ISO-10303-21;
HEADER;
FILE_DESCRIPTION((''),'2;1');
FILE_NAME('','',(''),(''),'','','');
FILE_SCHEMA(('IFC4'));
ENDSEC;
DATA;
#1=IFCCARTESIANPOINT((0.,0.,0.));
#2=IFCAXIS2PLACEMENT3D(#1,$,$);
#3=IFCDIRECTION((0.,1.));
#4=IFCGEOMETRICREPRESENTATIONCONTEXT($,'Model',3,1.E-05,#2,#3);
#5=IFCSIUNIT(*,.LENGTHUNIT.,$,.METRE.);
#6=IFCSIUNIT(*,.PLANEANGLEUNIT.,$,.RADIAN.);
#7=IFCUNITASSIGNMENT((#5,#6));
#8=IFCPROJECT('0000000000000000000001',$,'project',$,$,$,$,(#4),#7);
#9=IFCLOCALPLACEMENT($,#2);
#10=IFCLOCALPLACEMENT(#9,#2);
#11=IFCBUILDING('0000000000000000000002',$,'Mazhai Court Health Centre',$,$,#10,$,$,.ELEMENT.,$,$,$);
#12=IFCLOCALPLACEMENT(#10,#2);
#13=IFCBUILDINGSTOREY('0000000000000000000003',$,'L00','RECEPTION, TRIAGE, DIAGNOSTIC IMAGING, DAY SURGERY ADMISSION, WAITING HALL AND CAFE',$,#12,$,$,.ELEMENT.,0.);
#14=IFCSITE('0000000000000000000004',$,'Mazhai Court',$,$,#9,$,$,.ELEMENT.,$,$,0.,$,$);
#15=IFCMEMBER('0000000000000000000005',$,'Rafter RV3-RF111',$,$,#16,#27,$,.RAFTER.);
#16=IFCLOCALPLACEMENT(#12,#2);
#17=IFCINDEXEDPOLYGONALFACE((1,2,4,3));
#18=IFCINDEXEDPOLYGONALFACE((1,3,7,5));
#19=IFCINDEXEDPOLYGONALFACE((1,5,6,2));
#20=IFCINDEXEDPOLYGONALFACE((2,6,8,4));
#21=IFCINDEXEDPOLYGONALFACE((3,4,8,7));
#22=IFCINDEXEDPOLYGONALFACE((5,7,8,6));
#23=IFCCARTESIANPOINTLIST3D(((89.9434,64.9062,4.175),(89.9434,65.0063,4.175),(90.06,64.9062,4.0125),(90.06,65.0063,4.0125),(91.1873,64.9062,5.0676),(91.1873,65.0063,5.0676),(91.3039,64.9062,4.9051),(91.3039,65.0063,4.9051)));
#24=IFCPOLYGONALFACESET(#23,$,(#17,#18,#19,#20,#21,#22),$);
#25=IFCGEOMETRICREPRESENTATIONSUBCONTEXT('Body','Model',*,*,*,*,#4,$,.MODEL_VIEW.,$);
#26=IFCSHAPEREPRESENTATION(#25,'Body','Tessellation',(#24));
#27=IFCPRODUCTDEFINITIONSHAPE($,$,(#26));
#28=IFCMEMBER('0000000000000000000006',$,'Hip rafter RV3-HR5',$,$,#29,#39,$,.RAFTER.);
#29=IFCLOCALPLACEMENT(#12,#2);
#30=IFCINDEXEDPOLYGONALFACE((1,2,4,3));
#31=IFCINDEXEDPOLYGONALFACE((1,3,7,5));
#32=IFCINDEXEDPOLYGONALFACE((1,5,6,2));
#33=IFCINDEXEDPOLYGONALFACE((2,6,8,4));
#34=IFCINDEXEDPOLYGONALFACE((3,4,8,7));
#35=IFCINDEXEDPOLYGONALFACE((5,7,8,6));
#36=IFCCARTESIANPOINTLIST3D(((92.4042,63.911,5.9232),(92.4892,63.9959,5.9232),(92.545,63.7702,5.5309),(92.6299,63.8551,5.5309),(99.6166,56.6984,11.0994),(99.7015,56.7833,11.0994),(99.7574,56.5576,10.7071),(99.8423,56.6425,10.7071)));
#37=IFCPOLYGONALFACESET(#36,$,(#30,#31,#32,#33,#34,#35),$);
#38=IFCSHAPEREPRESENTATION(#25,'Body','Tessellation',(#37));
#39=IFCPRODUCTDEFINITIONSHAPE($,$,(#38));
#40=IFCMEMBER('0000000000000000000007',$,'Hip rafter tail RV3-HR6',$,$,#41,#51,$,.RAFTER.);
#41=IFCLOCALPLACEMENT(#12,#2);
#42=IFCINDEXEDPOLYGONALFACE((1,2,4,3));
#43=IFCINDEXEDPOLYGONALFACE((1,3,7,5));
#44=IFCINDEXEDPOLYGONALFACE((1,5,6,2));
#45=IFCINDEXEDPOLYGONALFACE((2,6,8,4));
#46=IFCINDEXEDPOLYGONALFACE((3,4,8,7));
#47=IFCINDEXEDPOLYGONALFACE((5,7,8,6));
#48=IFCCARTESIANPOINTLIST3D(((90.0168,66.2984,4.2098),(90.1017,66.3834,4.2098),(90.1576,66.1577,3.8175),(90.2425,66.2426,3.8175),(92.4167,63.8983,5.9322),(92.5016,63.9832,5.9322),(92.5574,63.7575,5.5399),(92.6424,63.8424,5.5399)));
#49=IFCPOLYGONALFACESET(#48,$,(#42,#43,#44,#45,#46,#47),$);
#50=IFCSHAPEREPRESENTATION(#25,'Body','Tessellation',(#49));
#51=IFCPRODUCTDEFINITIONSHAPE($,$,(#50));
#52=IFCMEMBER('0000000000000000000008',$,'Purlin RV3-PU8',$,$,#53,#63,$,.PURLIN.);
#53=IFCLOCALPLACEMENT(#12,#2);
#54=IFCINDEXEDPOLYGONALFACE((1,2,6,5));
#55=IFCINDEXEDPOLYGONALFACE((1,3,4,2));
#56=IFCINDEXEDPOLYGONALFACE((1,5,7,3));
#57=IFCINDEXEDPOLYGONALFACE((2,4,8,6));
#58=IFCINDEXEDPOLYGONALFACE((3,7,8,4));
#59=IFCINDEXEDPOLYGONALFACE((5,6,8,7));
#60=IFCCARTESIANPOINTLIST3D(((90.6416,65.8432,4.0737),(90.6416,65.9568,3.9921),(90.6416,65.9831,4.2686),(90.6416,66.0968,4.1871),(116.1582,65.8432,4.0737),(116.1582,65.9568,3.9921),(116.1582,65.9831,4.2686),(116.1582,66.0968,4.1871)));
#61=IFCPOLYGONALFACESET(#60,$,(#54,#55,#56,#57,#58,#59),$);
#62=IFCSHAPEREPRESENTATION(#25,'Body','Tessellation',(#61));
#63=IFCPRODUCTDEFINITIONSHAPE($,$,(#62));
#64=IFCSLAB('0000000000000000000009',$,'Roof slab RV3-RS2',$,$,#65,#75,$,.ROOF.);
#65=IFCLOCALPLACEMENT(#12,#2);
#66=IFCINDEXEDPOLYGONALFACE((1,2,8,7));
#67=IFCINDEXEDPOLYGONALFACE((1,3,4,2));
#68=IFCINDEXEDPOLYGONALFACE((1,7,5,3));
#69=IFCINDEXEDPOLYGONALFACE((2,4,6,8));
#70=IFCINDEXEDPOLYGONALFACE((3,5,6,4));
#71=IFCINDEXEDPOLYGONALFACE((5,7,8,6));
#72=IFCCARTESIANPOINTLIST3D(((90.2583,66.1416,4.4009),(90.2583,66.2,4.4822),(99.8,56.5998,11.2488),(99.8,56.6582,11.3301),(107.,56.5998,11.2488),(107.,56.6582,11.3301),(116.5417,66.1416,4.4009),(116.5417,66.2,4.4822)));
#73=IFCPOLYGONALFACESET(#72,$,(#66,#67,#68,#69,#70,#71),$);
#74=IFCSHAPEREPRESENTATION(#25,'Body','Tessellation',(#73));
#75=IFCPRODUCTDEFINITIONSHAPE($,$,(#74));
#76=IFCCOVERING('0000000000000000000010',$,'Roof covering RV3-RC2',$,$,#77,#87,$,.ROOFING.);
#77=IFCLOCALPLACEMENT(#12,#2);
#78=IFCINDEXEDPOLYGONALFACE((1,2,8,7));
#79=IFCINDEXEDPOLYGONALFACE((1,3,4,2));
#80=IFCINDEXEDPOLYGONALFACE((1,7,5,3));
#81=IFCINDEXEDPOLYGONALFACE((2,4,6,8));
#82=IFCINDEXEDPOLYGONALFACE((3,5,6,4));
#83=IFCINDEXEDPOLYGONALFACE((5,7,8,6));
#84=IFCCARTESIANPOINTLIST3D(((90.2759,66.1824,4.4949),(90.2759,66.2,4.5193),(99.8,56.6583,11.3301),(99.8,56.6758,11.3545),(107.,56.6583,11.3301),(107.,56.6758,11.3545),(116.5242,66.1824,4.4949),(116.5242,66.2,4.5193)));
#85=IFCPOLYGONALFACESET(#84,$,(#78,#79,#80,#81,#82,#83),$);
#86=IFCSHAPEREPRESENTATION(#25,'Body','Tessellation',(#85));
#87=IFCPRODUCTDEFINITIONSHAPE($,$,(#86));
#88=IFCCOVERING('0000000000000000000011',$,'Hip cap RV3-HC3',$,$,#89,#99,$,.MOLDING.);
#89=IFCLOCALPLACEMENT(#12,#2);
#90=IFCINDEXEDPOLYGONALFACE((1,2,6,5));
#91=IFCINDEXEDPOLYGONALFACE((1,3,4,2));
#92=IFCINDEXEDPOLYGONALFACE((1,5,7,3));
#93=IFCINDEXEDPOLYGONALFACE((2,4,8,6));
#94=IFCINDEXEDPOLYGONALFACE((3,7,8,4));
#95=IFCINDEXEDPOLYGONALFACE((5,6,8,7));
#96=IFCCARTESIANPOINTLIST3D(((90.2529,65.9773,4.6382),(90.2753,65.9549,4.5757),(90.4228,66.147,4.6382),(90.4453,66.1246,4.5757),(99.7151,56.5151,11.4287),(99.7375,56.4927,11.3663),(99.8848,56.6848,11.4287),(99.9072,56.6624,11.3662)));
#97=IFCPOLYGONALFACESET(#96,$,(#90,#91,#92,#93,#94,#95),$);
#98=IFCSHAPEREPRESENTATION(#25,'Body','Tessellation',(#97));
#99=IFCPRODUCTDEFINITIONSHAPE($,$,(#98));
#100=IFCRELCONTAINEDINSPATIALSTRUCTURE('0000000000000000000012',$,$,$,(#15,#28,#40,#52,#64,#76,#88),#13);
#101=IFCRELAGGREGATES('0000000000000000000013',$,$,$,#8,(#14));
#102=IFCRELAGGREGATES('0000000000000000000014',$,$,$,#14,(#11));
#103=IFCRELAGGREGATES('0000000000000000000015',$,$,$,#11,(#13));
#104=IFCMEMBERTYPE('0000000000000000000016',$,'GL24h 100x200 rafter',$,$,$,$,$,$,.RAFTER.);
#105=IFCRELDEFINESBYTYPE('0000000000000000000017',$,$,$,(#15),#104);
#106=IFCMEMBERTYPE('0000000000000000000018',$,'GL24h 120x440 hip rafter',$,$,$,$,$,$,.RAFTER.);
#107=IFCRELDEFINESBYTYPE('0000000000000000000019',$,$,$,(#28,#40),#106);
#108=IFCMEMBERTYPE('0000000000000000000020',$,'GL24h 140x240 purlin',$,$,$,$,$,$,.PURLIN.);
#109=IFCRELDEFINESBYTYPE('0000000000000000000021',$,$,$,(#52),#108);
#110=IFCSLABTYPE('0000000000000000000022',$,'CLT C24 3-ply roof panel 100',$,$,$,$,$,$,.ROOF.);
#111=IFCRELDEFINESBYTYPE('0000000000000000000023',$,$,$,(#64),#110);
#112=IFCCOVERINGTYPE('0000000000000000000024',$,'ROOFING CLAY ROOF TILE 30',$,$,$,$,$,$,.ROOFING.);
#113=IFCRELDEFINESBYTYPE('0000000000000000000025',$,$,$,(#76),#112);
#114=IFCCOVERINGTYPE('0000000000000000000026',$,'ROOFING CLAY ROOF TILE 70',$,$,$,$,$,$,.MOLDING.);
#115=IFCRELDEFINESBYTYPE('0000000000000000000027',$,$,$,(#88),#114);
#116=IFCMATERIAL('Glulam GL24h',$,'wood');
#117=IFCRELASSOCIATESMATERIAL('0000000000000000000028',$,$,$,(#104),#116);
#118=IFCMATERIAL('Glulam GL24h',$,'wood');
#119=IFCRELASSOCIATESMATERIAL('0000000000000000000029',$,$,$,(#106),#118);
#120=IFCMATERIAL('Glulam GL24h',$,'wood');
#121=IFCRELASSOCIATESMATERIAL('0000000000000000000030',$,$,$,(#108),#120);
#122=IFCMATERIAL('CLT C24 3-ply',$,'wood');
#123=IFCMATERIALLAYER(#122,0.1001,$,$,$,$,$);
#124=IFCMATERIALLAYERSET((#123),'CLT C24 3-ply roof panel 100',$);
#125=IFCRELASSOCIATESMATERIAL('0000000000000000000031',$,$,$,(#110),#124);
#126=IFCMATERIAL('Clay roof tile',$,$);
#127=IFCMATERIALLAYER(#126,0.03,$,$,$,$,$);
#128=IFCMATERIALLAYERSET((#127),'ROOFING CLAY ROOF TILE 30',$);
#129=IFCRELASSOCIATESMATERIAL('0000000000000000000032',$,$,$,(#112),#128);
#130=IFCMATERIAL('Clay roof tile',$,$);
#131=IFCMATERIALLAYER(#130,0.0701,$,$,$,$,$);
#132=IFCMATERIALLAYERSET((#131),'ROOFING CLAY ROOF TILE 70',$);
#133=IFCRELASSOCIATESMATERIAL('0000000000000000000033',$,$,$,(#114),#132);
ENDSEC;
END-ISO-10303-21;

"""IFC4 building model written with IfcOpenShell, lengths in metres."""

from ifc_helpers import new_model, si_unit, direction, frame, origin, origin_2d, place, context, subcontext, project, spatial, polyline, rectangle, outline, extrude, material, layer, layer_set, material_profile, profile_set, type_object, element, save


model = new_model("IFC4")

# Units and contexts
model_context = context("Model", 3, precision=1e-05, world=origin(), true_north=direction((0.0, 1.0)))
body_context = subcontext(model_context, "Body", "Model", "MODEL_VIEW")
ifc_project = project(units=[si_unit("LENGTHUNIT", "METRE"), si_unit("PLANEANGLEUNIT", "RADIAN")], contexts=[model_context])

# Site, building, storey
site_placement = place(None, origin())
site = spatial("IfcSite", under=ifc_project, at=site_placement, Name="Mazhai Court", CompositionType="ELEMENT", RefElevation=0.0)
building_placement = place(site_placement, origin())
building = spatial("IfcBuilding", under=site, at=building_placement, Name="Mazhai Court Health Centre", CompositionType="ELEMENT")
storey_placement = place(building_placement, origin())
storey = spatial("IfcBuildingStorey", under=building, at=storey_placement, Name="L00", Description="RECEPTION, TRIAGE, DIAGNOSTIC IMAGING, DAY SURGERY ADMISSION, WAITING HALL AND CAFE", CompositionType="ELEMENT", Elevation=0.0)

# Members
ifc_material_1 = material(Name="Glulam GL24h", Category="wood")
ifc_material_profile_1 = material_profile(ifc_material_1, rectangle(XDim=0.1001, YDim=0.2, at=origin_2d()), Name="GL24h 100x200")
ifc_profile_set_1 = profile_set([ifc_material_profile_1], Name="Glulam GL24h")
member_type_1 = type_object("IfcMemberType", Name="GL24h 100x200 rafter", PredefinedType="RAFTER", material=ifc_profile_set_1)
member_1_placement = place(storey_placement, frame((90.0017, 64.9563, 4.0938), z_axis=(0.812471, 0.0, 0.583002), x_axis=(0.0, 1.0, 0.0)))
element("IfcMember", 1, at=member_1_placement, inside=storey, type_object=member_type_1, Name="Rafter RV3-RF111", PredefinedType="RAFTER", context=body_context, shape_type="SweptSolid", body=[
    extrude(rectangle(XDim=0.1001, YDim=0.2, at=origin_2d()), origin(), (0.0, 0.0, 1.0), 1.531),
])
ifc_material_2 = material(Name="Glulam GL24h", Category="wood")
ifc_material_profile_2 = material_profile(ifc_material_2, rectangle(XDim=0.1201, YDim=0.4399, at=origin_2d()), Name="GL24h 120x440")
ifc_profile_set_2 = profile_set([ifc_material_profile_2], Name="Glulam GL24h")
member_type_2 = type_object("IfcMemberType", Name="GL24h 120x440 hip rafter", PredefinedType="RAFTER", material=ifc_profile_set_2)
member_2_placement = place(storey_placement, frame((92.5171, 63.8831, 5.7271), z_axis=(0.630548, -0.63057, 0.452538), x_axis=(0.707119, 0.707095, 0.0)))
element("IfcMember", 2, at=member_2_placement, inside=storey, type_object=member_type_2, Name="Hip rafter RV3-HR5", PredefinedType="RAFTER", context=body_context, shape_type="SweptSolid", body=[
    extrude(rectangle(XDim=0.1201, YDim=0.4399, at=origin_2d()), origin(), (0.0, 0.0, 1.0), 11.4382),
])
member_3_placement = place(storey_placement, frame((90.1296, 66.2705, 4.0137), z_axis=(0.630529, -0.630593, 0.452531), x_axis=(0.707143, 0.707071, 0.0)))
element("IfcMember", 3, at=member_3_placement, inside=storey, type_object=member_type_2, Name="Hip rafter tail RV3-HR6", PredefinedType="RAFTER", context=body_context, shape_type="SweptSolid", body=[
    extrude(rectangle(XDim=0.1201, YDim=0.4399, at=origin_2d()), origin(), (0.0, 0.0, 1.0), 3.8062),
])
ifc_material_3 = material(Name="Glulam GL24h", Category="wood")
ifc_material_profile_3 = material_profile(ifc_material_3, rectangle(XDim=0.1399, YDim=0.24, at=origin_2d()), Name="GL24h 140x240")
ifc_profile_set_3 = profile_set([ifc_material_profile_3], Name="Glulam GL24h")
member_type_3 = type_object("IfcMemberType", Name="GL24h 140x240 purlin", PredefinedType="PURLIN", material=ifc_profile_set_3)
member_4_placement = place(storey_placement, frame((90.6416, 65.97, 4.1304), z_axis=(1.0, 0.0, 0.0), x_axis=(0.0, 0.812431, -0.583057)))
element("IfcMember", 4, at=member_4_placement, inside=storey, type_object=member_type_3, Name="Purlin RV3-PU8", PredefinedType="PURLIN", context=body_context, shape_type="SweptSolid", body=[
    extrude(rectangle(XDim=0.1399, YDim=0.24, at=origin_2d()), origin(), (0.0, 0.0, 1.0), 25.5166),
])

# Slab
ifc_material_4 = material(Name="CLT C24 3-ply", Category="wood")
ifc_layer_1 = layer(ifc_material_4, 0.1001)
ifc_layer_set_1 = layer_set([ifc_layer_1], Name="CLT C24 3-ply roof panel 100")
slab_type = type_object("IfcSlabType", Name="CLT C24 3-ply roof panel 100", PredefinedType="ROOF", material=ifc_layer_set_1)
slab_placement = place(storey_placement, frame((90.2583, 66.2, 4.4822), z_axis=(0.0, 0.583062, 0.812428), x_axis=(0.630559, -0.630559, 0.452538)))
element("IfcSlab", 5, at=slab_placement, inside=storey, type_object=slab_type, Name="Roof slab RV3-RS2", PredefinedType="ROOF", context=body_context, shape_type="SweptSolid", body=[
    extrude(outline(polyline([(0.0, 0.0), (15.1322, 0.0), (19.6722, 5.5882), (16.5733, 20.3997), (0.0, 0.0)])), origin(), (0.0, 0.0, -1.0), 0.1001),
])

# Coverings
ifc_material_5 = material(Name="Clay roof tile")
ifc_layer_2 = layer(ifc_material_5, 0.03)
ifc_layer_set_2 = layer_set([ifc_layer_2], Name="ROOFING CLAY ROOF TILE 30")
covering_type_1 = type_object("IfcCoveringType", Name="ROOFING CLAY ROOF TILE 30", PredefinedType="ROOFING", material=ifc_layer_set_2)
covering_1_placement = place(storey_placement, frame((90.2759, 66.2, 4.5193), z_axis=(0.0, 0.583057, 0.812431), x_axis=(0.63056, -0.63056, 0.452534)))
element("IfcCovering", 6, at=covering_1_placement, inside=storey, type_object=covering_type_1, Name="Roof covering RV3-RC2", PredefinedType="ROOFING", context=body_context, shape_type="SweptSolid", body=[
    extrude(outline(polyline([(0.0, 0.0), (15.1043, 0.0), (19.6443, 5.5882), (16.5511, 20.3724), (0.0, 0.0)])), origin(), (0.0, 0.0, -1.0), 0.03),
])
ifc_material_6 = material(Name="Clay roof tile")
ifc_layer_3 = layer(ifc_material_6, 0.0701)
ifc_layer_set_3 = layer_set([ifc_layer_3], Name="ROOFING CLAY ROOF TILE 70")
covering_type_2 = type_object("IfcCoveringType", Name="ROOFING CLAY ROOF TILE 70", PredefinedType="MOLDING", material=ifc_layer_set_3)
covering_2_placement = place(storey_placement, frame((90.2529, 65.9773, 4.6382), z_axis=(-0.31987, 0.3201, 0.891751), x_axis=(0.630563, -0.630563, 0.452527)))
element("IfcCovering", 7, at=covering_2_placement, inside=storey, type_object=covering_type_2, Name="Hip cap RV3-HC3", PredefinedType="MOLDING", context=body_context, shape_type="SweptSolid", body=[
    extrude(outline(polyline([(0.0, 0.0), (15.0059, 0.0), (15.0059, 0.24), (0.0002, 0.2401), (0.0, 0.0)])), origin(), (0.0, 0.0, -1.0), 0.0701),
])

save(model, "model.ifc")
